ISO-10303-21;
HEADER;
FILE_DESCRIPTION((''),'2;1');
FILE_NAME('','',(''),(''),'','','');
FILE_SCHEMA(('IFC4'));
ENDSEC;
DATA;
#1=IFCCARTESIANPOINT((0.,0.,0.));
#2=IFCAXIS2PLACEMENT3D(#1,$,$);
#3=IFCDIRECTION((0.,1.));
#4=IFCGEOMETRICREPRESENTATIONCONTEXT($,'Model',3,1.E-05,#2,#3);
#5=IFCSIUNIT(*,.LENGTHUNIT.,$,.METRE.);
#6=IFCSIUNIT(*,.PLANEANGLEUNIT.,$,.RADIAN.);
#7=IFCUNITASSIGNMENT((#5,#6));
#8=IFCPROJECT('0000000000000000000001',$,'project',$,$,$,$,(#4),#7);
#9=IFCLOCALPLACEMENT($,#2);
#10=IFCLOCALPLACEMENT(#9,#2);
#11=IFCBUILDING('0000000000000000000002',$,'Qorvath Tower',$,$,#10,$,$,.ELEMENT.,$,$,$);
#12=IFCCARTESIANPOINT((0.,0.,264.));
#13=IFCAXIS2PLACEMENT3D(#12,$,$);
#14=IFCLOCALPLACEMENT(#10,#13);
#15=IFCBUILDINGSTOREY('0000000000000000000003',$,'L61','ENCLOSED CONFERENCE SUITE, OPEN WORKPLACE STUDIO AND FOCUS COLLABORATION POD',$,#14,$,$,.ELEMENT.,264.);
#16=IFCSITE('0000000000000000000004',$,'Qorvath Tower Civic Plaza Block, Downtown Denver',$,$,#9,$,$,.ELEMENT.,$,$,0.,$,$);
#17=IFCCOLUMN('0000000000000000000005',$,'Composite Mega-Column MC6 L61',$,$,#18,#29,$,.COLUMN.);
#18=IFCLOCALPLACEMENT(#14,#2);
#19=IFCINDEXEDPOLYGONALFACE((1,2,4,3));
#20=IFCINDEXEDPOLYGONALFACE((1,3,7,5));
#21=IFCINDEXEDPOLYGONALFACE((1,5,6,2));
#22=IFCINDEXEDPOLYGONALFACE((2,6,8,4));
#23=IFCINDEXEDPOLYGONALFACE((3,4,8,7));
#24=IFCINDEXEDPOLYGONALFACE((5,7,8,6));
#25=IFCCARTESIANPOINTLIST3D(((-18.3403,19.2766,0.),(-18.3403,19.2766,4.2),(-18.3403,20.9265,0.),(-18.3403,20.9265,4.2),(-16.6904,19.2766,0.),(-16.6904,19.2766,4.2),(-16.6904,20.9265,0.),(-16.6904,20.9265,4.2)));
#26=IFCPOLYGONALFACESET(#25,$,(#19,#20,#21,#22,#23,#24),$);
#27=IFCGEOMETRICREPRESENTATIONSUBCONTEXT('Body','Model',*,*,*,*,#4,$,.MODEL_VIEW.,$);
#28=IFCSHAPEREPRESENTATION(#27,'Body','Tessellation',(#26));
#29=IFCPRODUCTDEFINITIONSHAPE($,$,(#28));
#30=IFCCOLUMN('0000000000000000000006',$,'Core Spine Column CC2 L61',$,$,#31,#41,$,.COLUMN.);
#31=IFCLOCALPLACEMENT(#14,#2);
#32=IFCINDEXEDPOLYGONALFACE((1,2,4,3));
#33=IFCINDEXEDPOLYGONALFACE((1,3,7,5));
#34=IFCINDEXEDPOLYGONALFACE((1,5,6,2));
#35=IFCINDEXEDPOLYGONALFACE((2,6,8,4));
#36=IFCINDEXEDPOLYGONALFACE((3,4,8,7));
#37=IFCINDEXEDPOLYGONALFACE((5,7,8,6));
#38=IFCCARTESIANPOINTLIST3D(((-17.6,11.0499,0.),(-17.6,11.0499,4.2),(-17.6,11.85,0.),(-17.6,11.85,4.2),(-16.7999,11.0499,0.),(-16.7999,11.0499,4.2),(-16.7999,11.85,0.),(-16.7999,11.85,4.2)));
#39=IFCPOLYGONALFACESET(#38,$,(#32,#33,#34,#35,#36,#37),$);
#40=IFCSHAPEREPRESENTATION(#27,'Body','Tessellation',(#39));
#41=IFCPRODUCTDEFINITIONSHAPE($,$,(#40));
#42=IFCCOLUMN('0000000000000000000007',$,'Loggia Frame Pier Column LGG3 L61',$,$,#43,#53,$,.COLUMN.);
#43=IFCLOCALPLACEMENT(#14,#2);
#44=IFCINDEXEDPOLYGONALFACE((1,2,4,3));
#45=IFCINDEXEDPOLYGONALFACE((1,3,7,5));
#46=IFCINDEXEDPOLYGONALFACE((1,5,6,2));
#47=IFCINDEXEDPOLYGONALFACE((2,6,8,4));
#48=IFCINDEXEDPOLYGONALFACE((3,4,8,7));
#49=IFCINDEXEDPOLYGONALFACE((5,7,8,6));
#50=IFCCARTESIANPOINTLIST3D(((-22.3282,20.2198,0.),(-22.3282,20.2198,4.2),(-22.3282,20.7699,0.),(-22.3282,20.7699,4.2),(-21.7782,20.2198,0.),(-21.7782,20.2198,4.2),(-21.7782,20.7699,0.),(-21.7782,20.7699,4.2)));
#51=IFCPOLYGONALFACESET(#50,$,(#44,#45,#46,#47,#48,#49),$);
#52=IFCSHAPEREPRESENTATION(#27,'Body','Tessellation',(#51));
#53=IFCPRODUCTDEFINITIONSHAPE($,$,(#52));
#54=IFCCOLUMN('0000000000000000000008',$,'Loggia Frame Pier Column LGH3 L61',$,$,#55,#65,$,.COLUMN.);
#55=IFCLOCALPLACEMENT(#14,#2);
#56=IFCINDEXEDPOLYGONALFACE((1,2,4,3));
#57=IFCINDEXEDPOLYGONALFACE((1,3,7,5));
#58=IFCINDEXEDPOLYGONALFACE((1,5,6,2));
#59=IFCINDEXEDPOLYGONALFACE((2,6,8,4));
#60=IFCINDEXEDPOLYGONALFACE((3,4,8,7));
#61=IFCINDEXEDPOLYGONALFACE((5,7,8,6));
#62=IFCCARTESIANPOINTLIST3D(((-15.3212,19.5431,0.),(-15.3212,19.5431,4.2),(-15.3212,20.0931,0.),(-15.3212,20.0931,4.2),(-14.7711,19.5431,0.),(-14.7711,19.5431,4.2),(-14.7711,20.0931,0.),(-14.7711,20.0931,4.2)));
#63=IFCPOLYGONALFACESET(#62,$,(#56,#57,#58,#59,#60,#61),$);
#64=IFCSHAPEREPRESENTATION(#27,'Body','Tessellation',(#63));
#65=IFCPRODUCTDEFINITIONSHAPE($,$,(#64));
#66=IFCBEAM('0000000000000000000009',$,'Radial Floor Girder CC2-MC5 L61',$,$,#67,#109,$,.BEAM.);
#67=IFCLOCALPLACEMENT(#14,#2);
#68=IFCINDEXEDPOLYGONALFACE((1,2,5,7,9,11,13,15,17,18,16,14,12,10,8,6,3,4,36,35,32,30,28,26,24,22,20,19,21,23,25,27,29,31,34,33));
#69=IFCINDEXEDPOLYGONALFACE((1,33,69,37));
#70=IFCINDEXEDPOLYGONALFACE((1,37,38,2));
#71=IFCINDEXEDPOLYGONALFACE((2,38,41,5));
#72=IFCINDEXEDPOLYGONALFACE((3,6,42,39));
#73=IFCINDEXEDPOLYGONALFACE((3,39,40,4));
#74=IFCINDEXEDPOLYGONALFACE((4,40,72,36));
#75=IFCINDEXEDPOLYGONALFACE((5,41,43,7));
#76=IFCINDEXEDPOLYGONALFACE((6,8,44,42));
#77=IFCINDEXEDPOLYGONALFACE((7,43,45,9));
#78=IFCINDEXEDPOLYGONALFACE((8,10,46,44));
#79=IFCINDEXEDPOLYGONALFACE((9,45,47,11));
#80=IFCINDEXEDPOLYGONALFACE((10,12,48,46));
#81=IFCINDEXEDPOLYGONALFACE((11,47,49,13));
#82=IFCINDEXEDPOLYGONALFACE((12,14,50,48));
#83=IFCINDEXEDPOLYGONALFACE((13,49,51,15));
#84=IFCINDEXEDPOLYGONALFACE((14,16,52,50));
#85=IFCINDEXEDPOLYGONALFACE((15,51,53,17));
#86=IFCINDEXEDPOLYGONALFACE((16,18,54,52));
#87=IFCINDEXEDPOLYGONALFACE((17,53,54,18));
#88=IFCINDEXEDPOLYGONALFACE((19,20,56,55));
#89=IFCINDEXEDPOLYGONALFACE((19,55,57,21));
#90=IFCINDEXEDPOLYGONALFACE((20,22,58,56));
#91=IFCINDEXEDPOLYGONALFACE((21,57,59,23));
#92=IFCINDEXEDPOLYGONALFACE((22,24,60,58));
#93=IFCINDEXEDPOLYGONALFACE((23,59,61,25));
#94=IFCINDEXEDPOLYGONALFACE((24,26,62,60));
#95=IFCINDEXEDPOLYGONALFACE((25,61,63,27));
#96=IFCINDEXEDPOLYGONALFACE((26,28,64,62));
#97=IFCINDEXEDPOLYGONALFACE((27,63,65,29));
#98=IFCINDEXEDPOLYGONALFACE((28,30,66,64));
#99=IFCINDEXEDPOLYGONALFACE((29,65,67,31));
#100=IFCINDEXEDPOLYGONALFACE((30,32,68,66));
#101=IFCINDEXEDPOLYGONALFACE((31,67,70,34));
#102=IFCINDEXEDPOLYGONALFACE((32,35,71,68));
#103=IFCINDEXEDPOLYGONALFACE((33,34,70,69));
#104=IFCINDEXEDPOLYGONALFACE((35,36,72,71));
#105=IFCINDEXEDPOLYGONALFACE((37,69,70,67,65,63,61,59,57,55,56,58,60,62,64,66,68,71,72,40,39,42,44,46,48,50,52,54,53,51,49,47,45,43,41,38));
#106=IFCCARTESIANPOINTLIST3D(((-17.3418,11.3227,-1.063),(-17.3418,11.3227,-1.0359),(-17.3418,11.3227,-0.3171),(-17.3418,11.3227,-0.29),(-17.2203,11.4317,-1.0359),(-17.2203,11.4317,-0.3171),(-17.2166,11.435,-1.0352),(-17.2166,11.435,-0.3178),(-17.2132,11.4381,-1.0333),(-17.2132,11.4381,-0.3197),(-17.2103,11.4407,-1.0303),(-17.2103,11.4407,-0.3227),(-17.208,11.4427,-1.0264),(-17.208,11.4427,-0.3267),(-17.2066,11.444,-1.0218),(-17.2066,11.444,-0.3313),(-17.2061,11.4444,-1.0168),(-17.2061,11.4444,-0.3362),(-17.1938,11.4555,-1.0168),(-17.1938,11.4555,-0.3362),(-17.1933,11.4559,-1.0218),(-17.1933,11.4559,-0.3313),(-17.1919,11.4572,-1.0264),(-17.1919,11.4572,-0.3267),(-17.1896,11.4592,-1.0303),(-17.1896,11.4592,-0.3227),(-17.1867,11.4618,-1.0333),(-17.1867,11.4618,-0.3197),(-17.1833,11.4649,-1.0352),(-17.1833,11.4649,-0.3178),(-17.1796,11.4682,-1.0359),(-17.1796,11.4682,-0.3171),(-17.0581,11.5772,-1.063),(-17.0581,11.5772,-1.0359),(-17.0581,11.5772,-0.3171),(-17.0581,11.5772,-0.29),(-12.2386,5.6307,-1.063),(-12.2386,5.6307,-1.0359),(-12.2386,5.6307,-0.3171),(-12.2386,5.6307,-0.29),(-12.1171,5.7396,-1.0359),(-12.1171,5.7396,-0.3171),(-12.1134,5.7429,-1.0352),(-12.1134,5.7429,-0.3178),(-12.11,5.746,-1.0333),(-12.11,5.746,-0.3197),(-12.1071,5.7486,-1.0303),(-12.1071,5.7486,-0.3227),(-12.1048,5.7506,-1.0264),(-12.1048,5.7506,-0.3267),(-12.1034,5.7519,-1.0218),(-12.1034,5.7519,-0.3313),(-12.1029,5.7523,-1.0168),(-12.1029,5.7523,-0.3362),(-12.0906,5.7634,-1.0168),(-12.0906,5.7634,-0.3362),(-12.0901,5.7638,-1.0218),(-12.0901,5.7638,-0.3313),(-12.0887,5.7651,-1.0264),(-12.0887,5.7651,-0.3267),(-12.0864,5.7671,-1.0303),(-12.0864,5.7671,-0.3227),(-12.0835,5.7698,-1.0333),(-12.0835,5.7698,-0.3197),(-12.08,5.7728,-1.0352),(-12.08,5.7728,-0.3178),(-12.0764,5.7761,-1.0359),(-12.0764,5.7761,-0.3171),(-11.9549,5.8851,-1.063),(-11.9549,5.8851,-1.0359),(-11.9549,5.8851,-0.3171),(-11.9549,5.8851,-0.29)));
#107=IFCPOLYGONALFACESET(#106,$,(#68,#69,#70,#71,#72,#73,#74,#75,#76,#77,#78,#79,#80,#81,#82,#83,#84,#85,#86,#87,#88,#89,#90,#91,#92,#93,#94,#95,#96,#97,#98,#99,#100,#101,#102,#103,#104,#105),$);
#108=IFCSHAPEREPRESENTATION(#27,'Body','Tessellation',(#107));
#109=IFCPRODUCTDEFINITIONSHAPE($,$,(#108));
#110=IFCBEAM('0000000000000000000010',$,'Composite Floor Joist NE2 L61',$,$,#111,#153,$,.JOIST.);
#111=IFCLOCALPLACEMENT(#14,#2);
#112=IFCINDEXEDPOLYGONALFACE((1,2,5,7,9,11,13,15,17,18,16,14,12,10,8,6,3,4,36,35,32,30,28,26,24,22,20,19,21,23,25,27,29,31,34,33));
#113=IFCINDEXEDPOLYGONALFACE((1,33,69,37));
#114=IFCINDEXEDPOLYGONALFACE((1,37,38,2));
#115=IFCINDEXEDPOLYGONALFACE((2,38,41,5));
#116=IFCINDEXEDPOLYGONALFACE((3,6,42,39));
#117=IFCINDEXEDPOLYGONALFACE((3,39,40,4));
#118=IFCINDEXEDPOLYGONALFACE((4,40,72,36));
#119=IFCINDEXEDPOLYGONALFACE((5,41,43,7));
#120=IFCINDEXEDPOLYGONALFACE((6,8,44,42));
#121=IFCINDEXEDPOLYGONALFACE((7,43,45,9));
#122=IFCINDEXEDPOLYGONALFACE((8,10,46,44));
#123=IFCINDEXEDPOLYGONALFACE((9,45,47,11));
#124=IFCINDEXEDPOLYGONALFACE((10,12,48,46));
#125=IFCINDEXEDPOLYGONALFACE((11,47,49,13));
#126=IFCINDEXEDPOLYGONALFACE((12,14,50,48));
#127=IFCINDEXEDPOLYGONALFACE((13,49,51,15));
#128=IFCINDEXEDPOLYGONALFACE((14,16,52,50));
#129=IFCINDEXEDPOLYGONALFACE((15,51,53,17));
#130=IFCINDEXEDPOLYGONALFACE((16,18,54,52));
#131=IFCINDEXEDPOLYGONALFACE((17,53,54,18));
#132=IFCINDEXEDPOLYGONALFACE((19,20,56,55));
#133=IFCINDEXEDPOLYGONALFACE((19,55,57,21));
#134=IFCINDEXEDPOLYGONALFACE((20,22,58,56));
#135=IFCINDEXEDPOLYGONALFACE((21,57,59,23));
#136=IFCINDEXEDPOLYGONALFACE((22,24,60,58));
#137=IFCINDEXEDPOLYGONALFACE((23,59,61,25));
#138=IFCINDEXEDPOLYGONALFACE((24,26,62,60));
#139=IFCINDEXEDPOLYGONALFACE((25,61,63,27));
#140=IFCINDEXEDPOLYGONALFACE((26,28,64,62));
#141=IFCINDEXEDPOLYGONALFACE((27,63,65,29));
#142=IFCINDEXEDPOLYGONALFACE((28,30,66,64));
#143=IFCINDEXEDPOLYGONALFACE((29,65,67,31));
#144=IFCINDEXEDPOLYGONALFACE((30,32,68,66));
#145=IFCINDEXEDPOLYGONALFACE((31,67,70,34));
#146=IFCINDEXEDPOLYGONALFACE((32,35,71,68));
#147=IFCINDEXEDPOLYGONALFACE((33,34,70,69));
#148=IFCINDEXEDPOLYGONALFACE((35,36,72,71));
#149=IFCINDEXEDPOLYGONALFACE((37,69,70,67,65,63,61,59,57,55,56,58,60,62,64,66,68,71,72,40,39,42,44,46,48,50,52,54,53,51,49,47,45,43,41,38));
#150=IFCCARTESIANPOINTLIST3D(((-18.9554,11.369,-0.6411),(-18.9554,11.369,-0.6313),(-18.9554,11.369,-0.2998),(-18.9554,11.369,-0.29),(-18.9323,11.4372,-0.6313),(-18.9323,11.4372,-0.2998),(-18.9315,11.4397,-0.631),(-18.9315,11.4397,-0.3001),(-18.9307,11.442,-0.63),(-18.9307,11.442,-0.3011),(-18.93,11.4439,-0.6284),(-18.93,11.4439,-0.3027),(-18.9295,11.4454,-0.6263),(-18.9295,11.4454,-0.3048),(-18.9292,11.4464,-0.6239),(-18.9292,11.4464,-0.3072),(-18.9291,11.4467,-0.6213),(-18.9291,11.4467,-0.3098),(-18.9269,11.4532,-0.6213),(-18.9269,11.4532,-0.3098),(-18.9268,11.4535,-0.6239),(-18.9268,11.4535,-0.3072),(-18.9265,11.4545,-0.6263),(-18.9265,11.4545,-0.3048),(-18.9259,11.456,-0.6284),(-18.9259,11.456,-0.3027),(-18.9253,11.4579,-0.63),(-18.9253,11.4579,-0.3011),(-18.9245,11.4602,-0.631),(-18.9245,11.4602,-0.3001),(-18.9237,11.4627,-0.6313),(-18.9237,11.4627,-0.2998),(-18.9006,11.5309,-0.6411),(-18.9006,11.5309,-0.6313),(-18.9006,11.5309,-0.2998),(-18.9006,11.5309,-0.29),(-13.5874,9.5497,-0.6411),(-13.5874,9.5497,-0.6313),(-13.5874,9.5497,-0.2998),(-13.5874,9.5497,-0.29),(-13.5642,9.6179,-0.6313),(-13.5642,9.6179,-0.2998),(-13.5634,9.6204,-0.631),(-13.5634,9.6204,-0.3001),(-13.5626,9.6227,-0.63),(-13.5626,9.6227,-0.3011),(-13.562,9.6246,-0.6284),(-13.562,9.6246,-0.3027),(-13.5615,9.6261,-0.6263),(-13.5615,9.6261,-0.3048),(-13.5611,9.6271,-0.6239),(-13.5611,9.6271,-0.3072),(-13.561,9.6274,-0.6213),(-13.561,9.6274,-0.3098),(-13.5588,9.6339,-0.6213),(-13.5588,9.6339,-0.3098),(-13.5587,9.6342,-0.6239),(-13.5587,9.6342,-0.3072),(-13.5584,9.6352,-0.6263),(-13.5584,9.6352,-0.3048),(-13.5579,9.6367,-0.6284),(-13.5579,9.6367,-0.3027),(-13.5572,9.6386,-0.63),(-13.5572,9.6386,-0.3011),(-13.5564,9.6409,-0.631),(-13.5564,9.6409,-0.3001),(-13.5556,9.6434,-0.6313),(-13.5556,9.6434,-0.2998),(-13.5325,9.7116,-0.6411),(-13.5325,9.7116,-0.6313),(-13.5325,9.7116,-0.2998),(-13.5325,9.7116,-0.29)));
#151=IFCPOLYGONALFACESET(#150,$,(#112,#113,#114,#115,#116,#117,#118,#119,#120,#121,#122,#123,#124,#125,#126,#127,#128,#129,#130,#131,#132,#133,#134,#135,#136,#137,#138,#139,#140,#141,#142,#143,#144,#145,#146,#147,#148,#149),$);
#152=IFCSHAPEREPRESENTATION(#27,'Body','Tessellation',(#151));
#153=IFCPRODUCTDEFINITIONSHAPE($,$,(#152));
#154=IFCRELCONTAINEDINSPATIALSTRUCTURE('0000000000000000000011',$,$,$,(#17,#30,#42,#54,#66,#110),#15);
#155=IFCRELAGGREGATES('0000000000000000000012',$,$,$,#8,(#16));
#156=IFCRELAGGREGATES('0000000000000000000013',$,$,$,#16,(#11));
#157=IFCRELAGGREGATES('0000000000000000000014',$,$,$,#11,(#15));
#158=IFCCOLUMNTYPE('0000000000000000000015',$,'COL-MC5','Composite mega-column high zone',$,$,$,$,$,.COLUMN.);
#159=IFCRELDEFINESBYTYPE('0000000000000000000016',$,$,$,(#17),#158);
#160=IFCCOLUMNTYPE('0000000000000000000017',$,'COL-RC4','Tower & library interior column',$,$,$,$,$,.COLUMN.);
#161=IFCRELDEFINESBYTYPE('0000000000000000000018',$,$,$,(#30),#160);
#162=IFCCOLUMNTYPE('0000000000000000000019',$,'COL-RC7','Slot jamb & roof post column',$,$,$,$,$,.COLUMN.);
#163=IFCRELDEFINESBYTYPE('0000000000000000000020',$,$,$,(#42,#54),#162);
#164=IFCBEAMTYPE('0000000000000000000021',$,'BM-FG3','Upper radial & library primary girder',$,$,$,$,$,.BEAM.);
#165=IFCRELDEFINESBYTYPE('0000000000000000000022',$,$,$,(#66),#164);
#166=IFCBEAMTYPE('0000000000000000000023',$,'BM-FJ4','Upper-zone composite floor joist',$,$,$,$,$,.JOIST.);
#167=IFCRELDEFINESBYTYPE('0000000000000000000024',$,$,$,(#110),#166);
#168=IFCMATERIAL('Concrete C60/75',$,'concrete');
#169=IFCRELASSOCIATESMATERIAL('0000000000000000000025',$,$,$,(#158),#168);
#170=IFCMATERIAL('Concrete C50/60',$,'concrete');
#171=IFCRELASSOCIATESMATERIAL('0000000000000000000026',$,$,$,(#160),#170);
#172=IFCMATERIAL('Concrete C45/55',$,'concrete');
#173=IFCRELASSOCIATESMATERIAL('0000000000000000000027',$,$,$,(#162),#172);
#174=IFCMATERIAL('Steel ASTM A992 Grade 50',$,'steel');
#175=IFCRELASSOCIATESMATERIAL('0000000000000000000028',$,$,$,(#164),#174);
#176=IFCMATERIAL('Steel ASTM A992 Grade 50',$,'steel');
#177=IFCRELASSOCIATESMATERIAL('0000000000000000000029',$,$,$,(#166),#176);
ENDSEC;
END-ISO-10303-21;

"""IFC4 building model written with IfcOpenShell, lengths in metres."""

from ifc_helpers import new_model, si_unit, direction, frame, origin, origin_2d, place, context, subcontext, project, spatial, rectangle, i_section, extrude, material, material_profile, profile_set, type_object, element, save


model = new_model("IFC4")

# Units and contexts
model_context = context("Model", 3, precision=1e-05, world=origin(), true_north=direction((0.0, 1.0)))
body_context = subcontext(model_context, "Body", "Model", "MODEL_VIEW")
ifc_project = project(units=[si_unit("LENGTHUNIT", "METRE"), si_unit("PLANEANGLEUNIT", "RADIAN")], contexts=[model_context])

# Site, building, storey
site_placement = place(None, origin())
site = spatial("IfcSite", under=ifc_project, at=site_placement, Name="Qorvath Tower Civic Plaza Block, Downtown Denver", CompositionType="ELEMENT", RefElevation=0.0)
building_placement = place(site_placement, origin())
building = spatial("IfcBuilding", under=site, at=building_placement, Name="Qorvath Tower", CompositionType="ELEMENT")
storey_placement = place(building_placement, frame((0.0, 0.0, 264.0)))
storey = spatial("IfcBuildingStorey", under=building, at=storey_placement, Name="L61", Description="ENCLOSED CONFERENCE SUITE, OPEN WORKPLACE STUDIO AND FOCUS COLLABORATION POD", CompositionType="ELEMENT", Elevation=264.0)

# Columns
ifc_material_1 = material(Name="Concrete C60/75", Category="concrete")
ifc_material_profile_1 = material_profile(ifc_material_1, rectangle(XDim=1.6499, YDim=1.6499, at=origin_2d()), Name="MC 1650x1650")
ifc_profile_set_1 = profile_set([ifc_material_profile_1], Name="Concrete C60/75")
column_type_1 = type_object("IfcColumnType", Name="COL-MC5", Description="Composite mega-column high zone", PredefinedType="COLUMN", material=ifc_profile_set_1)
column_1_placement = place(storey_placement, frame((-17.5154, 20.1016, 0.0), z_axis=(0.0, 0.0, 1.0), x_axis=(1.0, 0.0, 0.0)))
element("IfcColumn", 1, at=column_1_placement, inside=storey, type_object=column_type_1, Name="Composite Mega-Column MC6 L61", PredefinedType="COLUMN", context=body_context, shape_type="SweptSolid", body=[
    extrude(rectangle(XDim=1.6499, YDim=1.6499, at=origin_2d()), origin(), (0.0, 0.0, 1.0), 4.2),
])
ifc_material_2 = material(Name="Concrete C50/60", Category="concrete")
ifc_material_profile_2 = material_profile(ifc_material_2, rectangle(XDim=0.8, YDim=0.8, at=origin_2d()), Name="RC 800x800")
ifc_profile_set_2 = profile_set([ifc_material_profile_2], Name="Concrete C50/60")
column_type_2 = type_object("IfcColumnType", Name="COL-RC4", Description="Tower & library interior column", PredefinedType="COLUMN", material=ifc_profile_set_2)
column_2_placement = place(storey_placement, frame((-17.2, 11.45, 0.0), z_axis=(0.0, 0.0, 1.0), x_axis=(1.0, 0.0, 0.0)))
element("IfcColumn", 2, at=column_2_placement, inside=storey, type_object=column_type_2, Name="Core Spine Column CC2 L61", PredefinedType="COLUMN", context=body_context, shape_type="SweptSolid", body=[
    extrude(rectangle(XDim=0.8, YDim=0.8, at=origin_2d()), origin(), (0.0, 0.0, 1.0), 4.2),
])
ifc_material_3 = material(Name="Concrete C45/55", Category="concrete")
ifc_material_profile_3 = material_profile(ifc_material_3, rectangle(XDim=0.55, YDim=0.55, at=origin_2d()), Name="RC 550x550")
ifc_profile_set_3 = profile_set([ifc_material_profile_3], Name="Concrete C45/55")
column_type_3 = type_object("IfcColumnType", Name="COL-RC7", Description="Slot jamb & roof post column", PredefinedType="COLUMN", material=ifc_profile_set_3)
for number, where, z_axis, x_axis, name in (
    (3, (-22.0532, 20.4949, 0.0), (0.0, 0.0, 1.0), (1.0, 0.0, 0.0), "Loggia Frame Pier Column LGG3 L61"),
    (4, (-15.0461, 19.8181, 0.0), (0.0, 0.0, 1.0), (1.0, 0.0, 0.0), "Loggia Frame Pier Column LGH3 L61"),
):
    element("IfcColumn", number, at=place(storey_placement, frame(where, z_axis=z_axis, x_axis=x_axis)), inside=storey, type_object=column_type_3, Name=name, PredefinedType="COLUMN", context=body_context, shape_type="SweptSolid", body=[
        extrude(rectangle(XDim=0.55, YDim=0.55, at=origin_2d()), origin(), (0.0, 0.0, 1.0), 4.2),
    ])

# Beams
ifc_material_4 = material(Name="Steel ASTM A992 Grade 50", Category="steel")
ifc_material_profile_4 = material_profile(ifc_material_4, i_section(OverallWidth=0.3811, OverallDepth=0.7729, WebThickness=0.0166, FlangeThickness=0.0271, FilletRadius=0.019, at=origin_2d()), Name="W30x173")
ifc_profile_set_4 = profile_set([ifc_material_profile_4], Name="Steel ASTM A992 Grade 50")
beam_type_1 = type_object("IfcBeamType", Name="BM-FG3", Description="Upper radial & library primary girder", PredefinedType="BEAM", material=ifc_profile_set_4)
beam_1_placement = place(storey_placement, frame((-17.2, 11.45, -0.6765), z_axis=(0.667543, -0.744571, 0.0), x_axis=(0.744571, 0.667543, 0.0)))
element("IfcBeam", 5, at=beam_1_placement, inside=storey, type_object=beam_type_1, Name="Radial Floor Girder CC2-MC5 L61", PredefinedType="BEAM", context=body_context, shape_type="SweptSolid", body=[
    extrude(i_section(OverallWidth=0.3811, OverallDepth=0.7729, WebThickness=0.0166, FlangeThickness=0.0271, FilletRadius=0.019, at=origin_2d()), origin(), (0.0, 0.0, 1.0), 7.6448),
])
ifc_material_5 = material(Name="Steel ASTM A992 Grade 50", Category="steel")
ifc_material_profile_5 = material_profile(ifc_material_5, i_section(OverallWidth=0.1709, OverallDepth=0.3511, WebThickness=0.0068, FlangeThickness=0.0098, FilletRadius=0.01, at=origin_2d()), Name="W14x30")
ifc_profile_set_5 = profile_set([ifc_material_profile_5], Name="Steel ASTM A992 Grade 50")
beam_type_2 = type_object("IfcBeamType", Name="BM-FJ4", Description="Upper-zone composite floor joist", PredefinedType="JOIST", material=ifc_profile_set_5)
beam_2_placement = place(storey_placement, frame((-18.928, 11.45, -0.4656), z_axis=(0.947086, -0.320979, 0.0), x_axis=(0.320979, 0.947086, 0.0)))
element("IfcBeam", 6, at=beam_2_placement, inside=storey, type_object=beam_type_2, Name="Composite Floor Joist NE2 L61", PredefinedType="JOIST", context=body_context, shape_type="SweptSolid", body=[
    extrude(i_section(OverallWidth=0.1709, OverallDepth=0.3511, WebThickness=0.0068, FlangeThickness=0.0098, FilletRadius=0.01, at=origin_2d()), origin(), (0.0, 0.0, 1.0), 5.668),
])

save(model, "model.ifc")
